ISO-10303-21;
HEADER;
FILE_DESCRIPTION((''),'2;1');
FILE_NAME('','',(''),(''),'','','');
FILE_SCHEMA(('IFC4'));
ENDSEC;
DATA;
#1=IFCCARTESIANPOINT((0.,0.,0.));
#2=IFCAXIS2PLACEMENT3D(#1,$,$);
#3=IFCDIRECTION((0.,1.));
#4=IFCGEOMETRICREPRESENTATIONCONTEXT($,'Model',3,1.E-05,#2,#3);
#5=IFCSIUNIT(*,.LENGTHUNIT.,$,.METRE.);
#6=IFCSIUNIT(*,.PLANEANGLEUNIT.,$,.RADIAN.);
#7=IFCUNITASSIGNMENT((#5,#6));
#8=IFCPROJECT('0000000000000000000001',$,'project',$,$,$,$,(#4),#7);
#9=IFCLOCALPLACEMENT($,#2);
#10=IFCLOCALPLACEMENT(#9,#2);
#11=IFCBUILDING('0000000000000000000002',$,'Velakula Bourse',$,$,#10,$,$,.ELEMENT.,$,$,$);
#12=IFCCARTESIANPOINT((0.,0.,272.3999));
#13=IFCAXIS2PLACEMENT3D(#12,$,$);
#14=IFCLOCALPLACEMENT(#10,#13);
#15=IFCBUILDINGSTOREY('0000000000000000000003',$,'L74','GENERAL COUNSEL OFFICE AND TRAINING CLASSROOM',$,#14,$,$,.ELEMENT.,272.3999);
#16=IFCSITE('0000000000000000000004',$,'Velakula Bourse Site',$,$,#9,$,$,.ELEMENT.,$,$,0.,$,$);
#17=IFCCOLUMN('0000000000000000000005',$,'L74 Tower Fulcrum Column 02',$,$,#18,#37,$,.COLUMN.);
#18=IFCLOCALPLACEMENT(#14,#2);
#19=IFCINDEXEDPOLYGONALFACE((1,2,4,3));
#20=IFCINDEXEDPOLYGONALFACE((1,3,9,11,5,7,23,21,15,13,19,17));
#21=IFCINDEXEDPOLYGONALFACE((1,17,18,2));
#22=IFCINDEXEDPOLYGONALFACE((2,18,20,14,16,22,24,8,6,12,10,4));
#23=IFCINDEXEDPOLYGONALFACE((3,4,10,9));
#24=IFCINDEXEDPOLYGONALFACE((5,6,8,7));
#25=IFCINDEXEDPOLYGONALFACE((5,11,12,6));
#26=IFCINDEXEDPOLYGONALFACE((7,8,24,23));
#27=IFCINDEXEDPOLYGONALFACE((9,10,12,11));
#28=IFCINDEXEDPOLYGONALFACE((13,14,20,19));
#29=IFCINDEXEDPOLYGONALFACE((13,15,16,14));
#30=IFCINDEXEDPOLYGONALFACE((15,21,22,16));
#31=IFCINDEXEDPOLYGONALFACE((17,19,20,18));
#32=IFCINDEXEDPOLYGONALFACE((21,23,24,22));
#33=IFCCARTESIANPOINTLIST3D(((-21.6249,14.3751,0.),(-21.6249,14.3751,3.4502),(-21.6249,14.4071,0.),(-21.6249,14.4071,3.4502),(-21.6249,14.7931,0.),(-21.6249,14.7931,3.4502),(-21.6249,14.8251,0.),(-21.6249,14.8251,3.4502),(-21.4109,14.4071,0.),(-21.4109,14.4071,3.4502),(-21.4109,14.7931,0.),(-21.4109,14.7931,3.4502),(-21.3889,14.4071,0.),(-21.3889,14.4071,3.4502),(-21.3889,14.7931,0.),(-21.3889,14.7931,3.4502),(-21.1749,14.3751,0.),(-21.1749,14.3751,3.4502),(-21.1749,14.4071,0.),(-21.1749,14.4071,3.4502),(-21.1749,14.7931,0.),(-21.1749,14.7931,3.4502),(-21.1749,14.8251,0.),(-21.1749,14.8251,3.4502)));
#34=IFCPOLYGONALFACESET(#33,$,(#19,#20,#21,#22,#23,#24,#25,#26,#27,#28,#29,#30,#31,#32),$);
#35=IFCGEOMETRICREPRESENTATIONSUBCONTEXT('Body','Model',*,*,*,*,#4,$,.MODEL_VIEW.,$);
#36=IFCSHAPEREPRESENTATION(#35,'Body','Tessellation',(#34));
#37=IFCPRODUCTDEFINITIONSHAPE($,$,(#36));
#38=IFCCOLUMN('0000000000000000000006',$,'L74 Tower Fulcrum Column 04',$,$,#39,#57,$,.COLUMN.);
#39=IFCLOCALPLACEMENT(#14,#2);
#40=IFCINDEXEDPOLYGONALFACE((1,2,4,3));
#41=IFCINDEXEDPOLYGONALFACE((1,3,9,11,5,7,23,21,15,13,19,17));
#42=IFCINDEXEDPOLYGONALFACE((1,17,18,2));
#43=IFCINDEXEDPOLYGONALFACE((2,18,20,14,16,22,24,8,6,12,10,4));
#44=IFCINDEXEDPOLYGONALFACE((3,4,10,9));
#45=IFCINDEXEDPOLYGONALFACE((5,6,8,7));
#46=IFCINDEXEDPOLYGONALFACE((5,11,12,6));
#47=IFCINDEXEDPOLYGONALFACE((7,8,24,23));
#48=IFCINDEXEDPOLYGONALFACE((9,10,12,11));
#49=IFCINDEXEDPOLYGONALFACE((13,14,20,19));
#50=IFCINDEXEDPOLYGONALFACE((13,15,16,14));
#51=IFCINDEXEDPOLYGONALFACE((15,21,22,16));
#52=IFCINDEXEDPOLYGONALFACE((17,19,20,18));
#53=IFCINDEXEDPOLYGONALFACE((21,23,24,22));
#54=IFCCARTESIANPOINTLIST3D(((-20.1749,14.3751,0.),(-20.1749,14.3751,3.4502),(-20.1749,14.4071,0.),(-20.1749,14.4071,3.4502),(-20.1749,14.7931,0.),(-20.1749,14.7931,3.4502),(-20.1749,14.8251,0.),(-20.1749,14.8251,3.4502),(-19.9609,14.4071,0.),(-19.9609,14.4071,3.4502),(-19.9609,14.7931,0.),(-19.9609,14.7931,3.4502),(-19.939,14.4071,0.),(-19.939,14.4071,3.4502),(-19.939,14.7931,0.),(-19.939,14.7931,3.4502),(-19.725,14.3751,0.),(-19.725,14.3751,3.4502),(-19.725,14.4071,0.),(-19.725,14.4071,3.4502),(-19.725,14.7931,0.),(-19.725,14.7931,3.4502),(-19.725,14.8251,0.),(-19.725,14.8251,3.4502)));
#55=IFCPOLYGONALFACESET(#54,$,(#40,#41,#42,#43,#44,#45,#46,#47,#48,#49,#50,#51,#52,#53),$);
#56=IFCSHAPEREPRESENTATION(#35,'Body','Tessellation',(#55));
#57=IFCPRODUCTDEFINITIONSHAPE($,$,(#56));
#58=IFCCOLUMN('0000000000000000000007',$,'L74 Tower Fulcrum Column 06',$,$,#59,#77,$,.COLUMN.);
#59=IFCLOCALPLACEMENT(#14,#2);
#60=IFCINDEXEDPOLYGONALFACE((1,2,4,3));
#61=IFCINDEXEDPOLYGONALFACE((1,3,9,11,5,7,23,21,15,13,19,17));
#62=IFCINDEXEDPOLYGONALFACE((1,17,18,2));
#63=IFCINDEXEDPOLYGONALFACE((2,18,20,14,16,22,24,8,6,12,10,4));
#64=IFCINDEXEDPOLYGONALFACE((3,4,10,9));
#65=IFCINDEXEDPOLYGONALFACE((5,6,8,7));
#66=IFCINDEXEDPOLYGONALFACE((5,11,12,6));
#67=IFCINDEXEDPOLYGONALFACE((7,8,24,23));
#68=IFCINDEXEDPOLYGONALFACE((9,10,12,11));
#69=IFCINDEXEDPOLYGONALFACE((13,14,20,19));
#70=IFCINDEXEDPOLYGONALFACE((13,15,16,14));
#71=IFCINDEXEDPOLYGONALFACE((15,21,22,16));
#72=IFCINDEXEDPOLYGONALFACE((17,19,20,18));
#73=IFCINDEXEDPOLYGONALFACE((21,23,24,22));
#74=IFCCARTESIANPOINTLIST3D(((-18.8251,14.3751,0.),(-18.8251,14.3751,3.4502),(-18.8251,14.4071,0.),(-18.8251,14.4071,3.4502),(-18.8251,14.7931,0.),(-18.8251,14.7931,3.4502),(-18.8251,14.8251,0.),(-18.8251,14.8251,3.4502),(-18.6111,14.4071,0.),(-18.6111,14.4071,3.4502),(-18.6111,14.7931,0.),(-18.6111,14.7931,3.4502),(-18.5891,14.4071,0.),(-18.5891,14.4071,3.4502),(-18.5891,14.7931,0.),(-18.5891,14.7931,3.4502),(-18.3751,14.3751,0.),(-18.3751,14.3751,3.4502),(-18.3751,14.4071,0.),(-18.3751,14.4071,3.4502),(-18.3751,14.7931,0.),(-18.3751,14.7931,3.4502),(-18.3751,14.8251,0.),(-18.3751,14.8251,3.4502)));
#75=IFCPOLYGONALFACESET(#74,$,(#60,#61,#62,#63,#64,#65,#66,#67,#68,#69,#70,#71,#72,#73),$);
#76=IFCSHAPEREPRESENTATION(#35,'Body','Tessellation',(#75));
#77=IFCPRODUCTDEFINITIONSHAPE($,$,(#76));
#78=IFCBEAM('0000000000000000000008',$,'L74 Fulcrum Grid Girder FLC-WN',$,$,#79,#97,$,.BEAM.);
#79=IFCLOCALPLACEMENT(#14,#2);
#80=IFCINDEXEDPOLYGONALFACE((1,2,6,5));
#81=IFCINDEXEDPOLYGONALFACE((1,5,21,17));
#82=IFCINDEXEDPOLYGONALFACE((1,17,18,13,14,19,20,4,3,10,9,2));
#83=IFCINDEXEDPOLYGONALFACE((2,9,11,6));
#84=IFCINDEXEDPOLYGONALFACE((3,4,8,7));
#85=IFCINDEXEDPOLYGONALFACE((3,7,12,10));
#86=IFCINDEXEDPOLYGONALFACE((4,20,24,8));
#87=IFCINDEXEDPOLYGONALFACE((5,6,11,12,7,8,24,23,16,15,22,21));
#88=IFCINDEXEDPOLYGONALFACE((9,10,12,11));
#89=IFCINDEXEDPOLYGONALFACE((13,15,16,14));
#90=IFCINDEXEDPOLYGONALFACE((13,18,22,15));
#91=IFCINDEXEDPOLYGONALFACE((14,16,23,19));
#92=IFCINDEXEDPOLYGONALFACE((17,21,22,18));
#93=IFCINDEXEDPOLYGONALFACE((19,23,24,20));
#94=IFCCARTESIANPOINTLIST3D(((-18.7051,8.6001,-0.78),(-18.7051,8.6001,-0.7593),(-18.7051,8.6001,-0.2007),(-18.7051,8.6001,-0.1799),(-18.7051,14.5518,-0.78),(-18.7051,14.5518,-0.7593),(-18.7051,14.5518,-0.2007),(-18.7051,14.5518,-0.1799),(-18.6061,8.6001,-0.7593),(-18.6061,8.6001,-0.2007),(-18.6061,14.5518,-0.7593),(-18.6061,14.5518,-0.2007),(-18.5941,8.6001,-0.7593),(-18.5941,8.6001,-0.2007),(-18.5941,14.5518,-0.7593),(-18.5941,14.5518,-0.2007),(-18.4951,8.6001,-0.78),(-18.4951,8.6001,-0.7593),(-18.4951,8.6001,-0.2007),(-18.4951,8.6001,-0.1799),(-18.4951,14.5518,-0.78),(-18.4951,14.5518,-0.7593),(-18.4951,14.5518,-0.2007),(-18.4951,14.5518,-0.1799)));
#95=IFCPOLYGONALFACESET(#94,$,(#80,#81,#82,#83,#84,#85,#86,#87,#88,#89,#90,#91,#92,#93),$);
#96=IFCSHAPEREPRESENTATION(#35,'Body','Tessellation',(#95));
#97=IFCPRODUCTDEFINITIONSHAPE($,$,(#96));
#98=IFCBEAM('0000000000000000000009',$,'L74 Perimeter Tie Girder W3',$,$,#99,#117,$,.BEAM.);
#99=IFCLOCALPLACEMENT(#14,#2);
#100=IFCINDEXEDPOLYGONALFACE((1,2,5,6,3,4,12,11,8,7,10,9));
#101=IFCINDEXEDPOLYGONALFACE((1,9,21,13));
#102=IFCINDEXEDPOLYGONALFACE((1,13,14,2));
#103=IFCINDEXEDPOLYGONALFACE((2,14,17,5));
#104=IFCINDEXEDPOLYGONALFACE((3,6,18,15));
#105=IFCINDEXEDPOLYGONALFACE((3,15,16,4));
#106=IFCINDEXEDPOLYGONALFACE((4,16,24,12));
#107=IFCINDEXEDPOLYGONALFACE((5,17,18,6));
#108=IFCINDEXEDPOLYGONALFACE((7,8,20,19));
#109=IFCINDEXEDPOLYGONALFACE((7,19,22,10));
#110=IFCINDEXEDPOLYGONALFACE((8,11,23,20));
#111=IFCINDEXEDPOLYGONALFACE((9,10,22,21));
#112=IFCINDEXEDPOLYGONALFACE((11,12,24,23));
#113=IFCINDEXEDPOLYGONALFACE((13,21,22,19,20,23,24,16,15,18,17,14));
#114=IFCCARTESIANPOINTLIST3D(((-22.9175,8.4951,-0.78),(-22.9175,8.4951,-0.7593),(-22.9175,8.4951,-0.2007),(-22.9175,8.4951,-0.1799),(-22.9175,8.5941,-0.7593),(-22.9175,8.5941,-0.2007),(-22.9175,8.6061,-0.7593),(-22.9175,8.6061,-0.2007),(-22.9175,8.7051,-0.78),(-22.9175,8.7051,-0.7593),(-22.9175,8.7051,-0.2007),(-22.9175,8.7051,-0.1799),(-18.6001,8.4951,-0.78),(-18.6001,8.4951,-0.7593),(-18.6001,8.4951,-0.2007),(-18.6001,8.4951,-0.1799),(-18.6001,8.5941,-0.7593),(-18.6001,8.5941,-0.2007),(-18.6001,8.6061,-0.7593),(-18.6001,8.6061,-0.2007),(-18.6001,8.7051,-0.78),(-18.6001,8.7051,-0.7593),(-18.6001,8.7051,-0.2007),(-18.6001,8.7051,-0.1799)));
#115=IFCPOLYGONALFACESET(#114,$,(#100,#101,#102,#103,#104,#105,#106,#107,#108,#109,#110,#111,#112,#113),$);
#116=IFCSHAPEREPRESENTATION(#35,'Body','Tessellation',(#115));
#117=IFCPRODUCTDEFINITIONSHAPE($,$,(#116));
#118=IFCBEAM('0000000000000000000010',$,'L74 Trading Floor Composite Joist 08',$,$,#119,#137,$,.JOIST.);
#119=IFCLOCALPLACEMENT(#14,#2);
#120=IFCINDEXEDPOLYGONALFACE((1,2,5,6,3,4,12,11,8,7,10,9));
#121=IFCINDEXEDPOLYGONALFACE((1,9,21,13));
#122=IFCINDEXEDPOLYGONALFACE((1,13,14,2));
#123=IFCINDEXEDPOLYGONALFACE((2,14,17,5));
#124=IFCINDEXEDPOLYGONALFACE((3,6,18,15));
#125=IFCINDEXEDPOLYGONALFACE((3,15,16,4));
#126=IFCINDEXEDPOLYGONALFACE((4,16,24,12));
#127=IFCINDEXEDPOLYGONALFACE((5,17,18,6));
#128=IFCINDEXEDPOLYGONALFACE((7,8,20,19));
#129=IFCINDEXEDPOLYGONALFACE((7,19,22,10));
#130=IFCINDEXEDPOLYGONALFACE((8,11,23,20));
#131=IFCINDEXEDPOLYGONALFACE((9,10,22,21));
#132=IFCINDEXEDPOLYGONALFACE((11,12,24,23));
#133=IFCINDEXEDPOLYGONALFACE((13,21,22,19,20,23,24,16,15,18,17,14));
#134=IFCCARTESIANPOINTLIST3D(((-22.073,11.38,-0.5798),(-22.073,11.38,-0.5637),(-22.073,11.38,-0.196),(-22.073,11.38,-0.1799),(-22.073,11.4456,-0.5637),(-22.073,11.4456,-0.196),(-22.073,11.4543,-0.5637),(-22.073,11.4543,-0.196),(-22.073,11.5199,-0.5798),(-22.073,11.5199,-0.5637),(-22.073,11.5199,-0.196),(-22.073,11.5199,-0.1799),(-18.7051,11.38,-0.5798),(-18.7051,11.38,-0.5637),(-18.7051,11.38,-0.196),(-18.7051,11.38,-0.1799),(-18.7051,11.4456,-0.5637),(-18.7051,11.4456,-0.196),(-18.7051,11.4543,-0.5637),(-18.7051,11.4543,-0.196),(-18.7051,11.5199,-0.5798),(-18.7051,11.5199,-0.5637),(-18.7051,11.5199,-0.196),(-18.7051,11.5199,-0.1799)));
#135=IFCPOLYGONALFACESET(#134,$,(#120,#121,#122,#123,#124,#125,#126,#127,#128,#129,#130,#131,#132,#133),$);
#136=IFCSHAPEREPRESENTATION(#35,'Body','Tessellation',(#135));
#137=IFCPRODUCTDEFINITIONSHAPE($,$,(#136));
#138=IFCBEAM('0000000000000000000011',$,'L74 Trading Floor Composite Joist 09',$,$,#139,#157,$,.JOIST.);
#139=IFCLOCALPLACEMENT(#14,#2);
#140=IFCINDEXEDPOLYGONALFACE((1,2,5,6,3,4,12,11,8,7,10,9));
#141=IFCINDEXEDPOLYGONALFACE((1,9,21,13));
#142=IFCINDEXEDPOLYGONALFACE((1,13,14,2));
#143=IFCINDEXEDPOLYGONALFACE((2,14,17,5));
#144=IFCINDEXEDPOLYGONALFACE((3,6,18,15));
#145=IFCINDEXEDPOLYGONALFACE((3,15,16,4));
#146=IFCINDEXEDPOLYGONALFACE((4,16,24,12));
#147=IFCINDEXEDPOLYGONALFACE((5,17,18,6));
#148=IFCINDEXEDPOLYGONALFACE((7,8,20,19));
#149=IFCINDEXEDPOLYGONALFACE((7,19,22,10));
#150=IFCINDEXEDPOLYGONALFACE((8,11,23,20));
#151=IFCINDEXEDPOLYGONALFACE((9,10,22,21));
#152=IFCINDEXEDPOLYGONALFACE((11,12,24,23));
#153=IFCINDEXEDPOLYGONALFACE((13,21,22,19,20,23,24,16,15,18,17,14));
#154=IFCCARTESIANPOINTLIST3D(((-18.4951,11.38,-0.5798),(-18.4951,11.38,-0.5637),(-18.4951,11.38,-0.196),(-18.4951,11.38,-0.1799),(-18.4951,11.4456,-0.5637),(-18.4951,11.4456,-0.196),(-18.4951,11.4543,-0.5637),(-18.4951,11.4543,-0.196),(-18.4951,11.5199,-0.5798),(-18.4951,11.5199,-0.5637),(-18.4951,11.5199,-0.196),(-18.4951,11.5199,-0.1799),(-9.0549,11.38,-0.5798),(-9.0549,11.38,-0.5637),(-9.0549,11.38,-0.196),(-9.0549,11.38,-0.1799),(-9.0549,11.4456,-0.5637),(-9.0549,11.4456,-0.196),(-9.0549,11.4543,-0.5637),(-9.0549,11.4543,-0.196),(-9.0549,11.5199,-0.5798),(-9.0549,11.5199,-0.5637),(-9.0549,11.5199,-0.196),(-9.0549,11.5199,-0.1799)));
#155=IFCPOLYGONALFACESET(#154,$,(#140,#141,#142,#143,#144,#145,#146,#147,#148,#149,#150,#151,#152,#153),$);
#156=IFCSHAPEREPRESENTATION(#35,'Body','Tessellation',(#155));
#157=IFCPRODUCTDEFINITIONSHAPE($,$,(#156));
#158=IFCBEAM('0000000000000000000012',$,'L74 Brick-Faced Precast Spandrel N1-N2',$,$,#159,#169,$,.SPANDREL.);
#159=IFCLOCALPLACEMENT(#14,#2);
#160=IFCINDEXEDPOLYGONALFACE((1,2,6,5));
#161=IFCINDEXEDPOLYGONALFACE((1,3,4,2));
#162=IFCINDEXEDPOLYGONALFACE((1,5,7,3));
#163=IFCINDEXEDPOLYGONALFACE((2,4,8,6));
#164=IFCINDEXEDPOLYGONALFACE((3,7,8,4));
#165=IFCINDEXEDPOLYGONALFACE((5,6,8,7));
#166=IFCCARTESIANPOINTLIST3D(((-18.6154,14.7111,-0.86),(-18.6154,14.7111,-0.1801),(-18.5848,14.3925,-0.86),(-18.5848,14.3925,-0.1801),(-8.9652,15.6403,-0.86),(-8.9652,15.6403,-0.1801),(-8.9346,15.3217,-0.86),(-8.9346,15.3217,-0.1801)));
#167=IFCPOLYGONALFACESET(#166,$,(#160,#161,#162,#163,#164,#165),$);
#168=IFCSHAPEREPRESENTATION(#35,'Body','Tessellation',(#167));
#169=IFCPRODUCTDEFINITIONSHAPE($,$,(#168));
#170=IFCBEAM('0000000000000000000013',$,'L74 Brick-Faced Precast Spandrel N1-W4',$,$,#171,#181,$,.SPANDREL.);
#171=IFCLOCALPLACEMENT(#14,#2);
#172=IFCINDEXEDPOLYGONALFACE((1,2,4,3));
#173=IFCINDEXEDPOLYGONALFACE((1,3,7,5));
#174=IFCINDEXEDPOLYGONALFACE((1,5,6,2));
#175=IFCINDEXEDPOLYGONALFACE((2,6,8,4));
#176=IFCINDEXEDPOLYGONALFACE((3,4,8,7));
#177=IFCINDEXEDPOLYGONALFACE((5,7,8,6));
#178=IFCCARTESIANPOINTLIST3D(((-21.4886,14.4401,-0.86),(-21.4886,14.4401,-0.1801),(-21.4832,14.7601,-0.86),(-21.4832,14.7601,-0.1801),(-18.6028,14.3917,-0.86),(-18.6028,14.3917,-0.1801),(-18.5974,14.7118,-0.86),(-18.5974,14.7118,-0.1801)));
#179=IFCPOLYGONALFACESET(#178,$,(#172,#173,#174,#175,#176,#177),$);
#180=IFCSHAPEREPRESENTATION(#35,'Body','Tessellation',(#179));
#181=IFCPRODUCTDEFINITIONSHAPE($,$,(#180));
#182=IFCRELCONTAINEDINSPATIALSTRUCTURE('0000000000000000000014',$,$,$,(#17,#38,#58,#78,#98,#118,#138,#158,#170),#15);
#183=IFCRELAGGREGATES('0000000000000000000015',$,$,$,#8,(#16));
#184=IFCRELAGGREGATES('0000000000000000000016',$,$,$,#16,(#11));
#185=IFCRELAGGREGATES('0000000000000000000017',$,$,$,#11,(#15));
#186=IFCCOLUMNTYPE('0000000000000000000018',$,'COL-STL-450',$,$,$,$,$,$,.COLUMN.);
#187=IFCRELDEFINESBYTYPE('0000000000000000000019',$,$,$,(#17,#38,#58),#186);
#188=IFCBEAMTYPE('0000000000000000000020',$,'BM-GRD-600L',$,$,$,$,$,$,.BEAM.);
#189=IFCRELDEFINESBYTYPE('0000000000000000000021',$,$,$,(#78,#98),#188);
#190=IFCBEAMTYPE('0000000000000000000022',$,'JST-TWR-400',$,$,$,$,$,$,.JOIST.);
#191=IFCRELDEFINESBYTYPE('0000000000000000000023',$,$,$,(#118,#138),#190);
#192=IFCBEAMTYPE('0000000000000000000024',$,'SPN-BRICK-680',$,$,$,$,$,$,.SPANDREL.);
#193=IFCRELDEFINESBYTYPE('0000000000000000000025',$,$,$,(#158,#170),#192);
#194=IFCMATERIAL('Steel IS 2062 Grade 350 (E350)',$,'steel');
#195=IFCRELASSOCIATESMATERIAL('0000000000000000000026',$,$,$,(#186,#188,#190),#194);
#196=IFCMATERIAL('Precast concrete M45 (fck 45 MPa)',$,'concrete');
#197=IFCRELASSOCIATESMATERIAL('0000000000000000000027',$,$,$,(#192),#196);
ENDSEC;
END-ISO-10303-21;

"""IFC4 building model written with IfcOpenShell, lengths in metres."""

from ifc_helpers import new_model, si_unit, direction, frame, origin, origin_2d, place, context, subcontext, project, spatial, rectangle, i_section, extrude, material, material_profile, profile_set, type_object, element, save


model = new_model("IFC4")

# Units and contexts
model_context = context("Model", 3, precision=1e-05, world=origin(), true_north=direction((0.0, 1.0)))
body_context = subcontext(model_context, "Body", "Model", "MODEL_VIEW")
ifc_project = project(units=[si_unit("LENGTHUNIT", "METRE"), si_unit("PLANEANGLEUNIT", "RADIAN")], contexts=[model_context])

# Site, building, storey
site_placement = place(None, origin())
site = spatial("IfcSite", under=ifc_project, at=site_placement, Name="Velakula Bourse Site", CompositionType="ELEMENT", RefElevation=0.0)
building_placement = place(site_placement, origin())
building = spatial("IfcBuilding", under=site, at=building_placement, Name="Velakula Bourse", CompositionType="ELEMENT")
storey_placement = place(building_placement, frame((0.0, 0.0, 272.3999)))
storey = spatial("IfcBuildingStorey", under=building, at=storey_placement, Name="L74", Description="GENERAL COUNSEL OFFICE AND TRAINING CLASSROOM", CompositionType="ELEMENT", Elevation=272.3999)

# Columns
ifc_material_1 = material(Name="Steel IS 2062 Grade 350 (E350)", Category="steel")
ifc_material_profile_1 = material_profile(ifc_material_1, i_section(OverallWidth=0.45, OverallDepth=0.45, WebThickness=0.022, FlangeThickness=0.032, at=origin_2d()), Name="Steel IS 2062 Grade 350 (E350)")
ifc_profile_set_1 = profile_set([ifc_material_profile_1], Name="Steel IS 2062 Grade 350 (E350)")
column_type = type_object("IfcColumnType", Name="COL-STL-450", PredefinedType="COLUMN", material=ifc_profile_set_1)
for number, where, z_axis, x_axis, name in (
    (1, (-21.3999, 14.6001, 0.0), (0.0, 0.0, 1.0), (1.0, 0.0, 0.0), "L74 Tower Fulcrum Column 02"),
    (2, (-19.95, 14.6001, 0.0), (0.0, 0.0, 1.0), (1.0, 0.0, 0.0), "L74 Tower Fulcrum Column 04"),
    (3, (-18.6001, 14.6001, 0.0), (0.0, 0.0, 1.0), (1.0, 0.0, 0.0), "L74 Tower Fulcrum Column 06"),
):
    element("IfcColumn", number, at=place(storey_placement, frame(where, z_axis=z_axis, x_axis=x_axis)), inside=storey, type_object=column_type, Name=name, PredefinedType="COLUMN", context=body_context, shape_type="SweptSolid", body=[
        extrude(i_section(OverallWidth=0.45, OverallDepth=0.45, WebThickness=0.022, FlangeThickness=0.032, at=origin_2d()), origin(), (0.0, 0.0, 1.0), 3.4502),
    ])

# Beams
ifc_material_profile_2 = material_profile(ifc_material_1, i_section(OverallWidth=0.21, OverallDepth=0.6001, WebThickness=0.012, FlangeThickness=0.0208, at=origin_2d()), Name="Steel IS 2062 Grade 350 (E350)")
ifc_profile_set_2 = profile_set([ifc_material_profile_2], Name="Steel IS 2062 Grade 350 (E350)")
beam_type_1 = type_object("IfcBeamType", Name="BM-GRD-600L", PredefinedType="BEAM", material=ifc_profile_set_2)
beam_1_placement = place(storey_placement, frame((-18.6001, 8.6001, -0.48), z_axis=(0.0, 1.0, 0.0), x_axis=(-1.0, 0.0, 0.0)))
element("IfcBeam", 4, at=beam_1_placement, inside=storey, type_object=beam_type_1, Name="L74 Fulcrum Grid Girder FLC-WN", PredefinedType="BEAM", context=body_context, shape_type="SweptSolid", body=[
    extrude(i_section(OverallWidth=0.21, OverallDepth=0.6001, WebThickness=0.012, FlangeThickness=0.0208, at=origin_2d()), origin(), (0.0, 0.0, 1.0), 5.9517),
])
beam_2_placement = place(storey_placement, frame((-18.6001, 8.6001, -0.48), z_axis=(-1.0, 0.0, 0.0), x_axis=(0.0, -1.0, 0.0)))
element("IfcBeam", 5, at=beam_2_placement, inside=storey, type_object=beam_type_1, Name="L74 Perimeter Tie Girder W3", PredefinedType="BEAM", context=body_context, shape_type="SweptSolid", body=[
    extrude(i_section(OverallWidth=0.21, OverallDepth=0.6001, WebThickness=0.012, FlangeThickness=0.0208, at=origin_2d()), origin(), (0.0, 0.0, 1.0), 4.3174),
])
ifc_material_profile_3 = material_profile(ifc_material_1, i_section(OverallWidth=0.1399, OverallDepth=0.3999, WebThickness=0.0088, FlangeThickness=0.0161, at=origin_2d()), Name="Steel IS 2062 Grade 350 (E350)")
ifc_profile_set_3 = profile_set([ifc_material_profile_3], Name="Steel IS 2062 Grade 350 (E350)")
beam_type_2 = type_object("IfcBeamType", Name="JST-TWR-400", PredefinedType="JOIST", material=ifc_profile_set_3)
beam_3_placement = place(storey_placement, frame((-22.073, 11.45, -0.3799), z_axis=(1.0, 0.0, 0.0), x_axis=(0.0, 1.0, 0.0)))
element("IfcBeam", 6, at=beam_3_placement, inside=storey, type_object=beam_type_2, Name="L74 Trading Floor Composite Joist 08", PredefinedType="JOIST", context=body_context, shape_type="SweptSolid", body=[
    extrude(i_section(OverallWidth=0.1399, OverallDepth=0.3999, WebThickness=0.0088, FlangeThickness=0.0161, at=origin_2d()), origin(), (0.0, 0.0, 1.0), 3.3679),
])
beam_4_placement = place(storey_placement, frame((-18.4951, 11.45, -0.3799), z_axis=(1.0, 0.0, 0.0), x_axis=(0.0, 1.0, 0.0)))
element("IfcBeam", 7, at=beam_4_placement, inside=storey, type_object=beam_type_2, Name="L74 Trading Floor Composite Joist 09", PredefinedType="JOIST", context=body_context, shape_type="SweptSolid", body=[
    extrude(i_section(OverallWidth=0.1399, OverallDepth=0.3999, WebThickness=0.0088, FlangeThickness=0.0161, at=origin_2d()), origin(), (0.0, 0.0, 1.0), 9.4402),
])
ifc_material_2 = material(Name="Precast concrete M45 (fck 45 MPa)", Category="concrete")
ifc_material_profile_4 = material_profile(ifc_material_2, rectangle(XDim=0.3201, YDim=0.6799, at=origin_2d()), Name="Precast concrete M45 (fck 45 MPa)")
ifc_profile_set_4 = profile_set([ifc_material_profile_4], Name="Precast concrete M45 (fck 45 MPa)")
beam_type_3 = type_object("IfcBeamType", Name="SPN-BRICK-680", PredefinedType="SPANDREL", material=ifc_profile_set_4)
beam_5_placement = place(storey_placement, frame((-18.6001, 14.5518, -0.52), z_axis=(0.995396, 0.095845, 0.0), x_axis=(-0.095845, 0.995396, 0.0)))
element("IfcBeam", 8, at=beam_5_placement, inside=storey, type_object=beam_type_3, Name="L74 Brick-Faced Precast Spandrel N1-N2", PredefinedType="SPANDREL", context=body_context, shape_type="SweptSolid", body=[
    extrude(rectangle(XDim=0.3201, YDim=0.6799, at=origin_2d()), origin(), (0.0, 0.0, 1.0), 9.6948),
])
beam_6_placement = place(storey_placement, frame((-18.6001, 14.5518, -0.52), z_axis=(-0.99986, 0.016749, 0.0), x_axis=(-0.016749, -0.99986, 0.0)))
element("IfcBeam", 9, at=beam_6_placement, inside=storey, type_object=beam_type_3, Name="L74 Brick-Faced Precast Spandrel N1-W4", PredefinedType="SPANDREL", context=body_context, shape_type="SweptSolid", body=[
    extrude(rectangle(XDim=0.3201, YDim=0.6799, at=origin_2d()), origin(), (0.0, 0.0, 1.0), 2.8862),
])

save(model, "model.ifc")
